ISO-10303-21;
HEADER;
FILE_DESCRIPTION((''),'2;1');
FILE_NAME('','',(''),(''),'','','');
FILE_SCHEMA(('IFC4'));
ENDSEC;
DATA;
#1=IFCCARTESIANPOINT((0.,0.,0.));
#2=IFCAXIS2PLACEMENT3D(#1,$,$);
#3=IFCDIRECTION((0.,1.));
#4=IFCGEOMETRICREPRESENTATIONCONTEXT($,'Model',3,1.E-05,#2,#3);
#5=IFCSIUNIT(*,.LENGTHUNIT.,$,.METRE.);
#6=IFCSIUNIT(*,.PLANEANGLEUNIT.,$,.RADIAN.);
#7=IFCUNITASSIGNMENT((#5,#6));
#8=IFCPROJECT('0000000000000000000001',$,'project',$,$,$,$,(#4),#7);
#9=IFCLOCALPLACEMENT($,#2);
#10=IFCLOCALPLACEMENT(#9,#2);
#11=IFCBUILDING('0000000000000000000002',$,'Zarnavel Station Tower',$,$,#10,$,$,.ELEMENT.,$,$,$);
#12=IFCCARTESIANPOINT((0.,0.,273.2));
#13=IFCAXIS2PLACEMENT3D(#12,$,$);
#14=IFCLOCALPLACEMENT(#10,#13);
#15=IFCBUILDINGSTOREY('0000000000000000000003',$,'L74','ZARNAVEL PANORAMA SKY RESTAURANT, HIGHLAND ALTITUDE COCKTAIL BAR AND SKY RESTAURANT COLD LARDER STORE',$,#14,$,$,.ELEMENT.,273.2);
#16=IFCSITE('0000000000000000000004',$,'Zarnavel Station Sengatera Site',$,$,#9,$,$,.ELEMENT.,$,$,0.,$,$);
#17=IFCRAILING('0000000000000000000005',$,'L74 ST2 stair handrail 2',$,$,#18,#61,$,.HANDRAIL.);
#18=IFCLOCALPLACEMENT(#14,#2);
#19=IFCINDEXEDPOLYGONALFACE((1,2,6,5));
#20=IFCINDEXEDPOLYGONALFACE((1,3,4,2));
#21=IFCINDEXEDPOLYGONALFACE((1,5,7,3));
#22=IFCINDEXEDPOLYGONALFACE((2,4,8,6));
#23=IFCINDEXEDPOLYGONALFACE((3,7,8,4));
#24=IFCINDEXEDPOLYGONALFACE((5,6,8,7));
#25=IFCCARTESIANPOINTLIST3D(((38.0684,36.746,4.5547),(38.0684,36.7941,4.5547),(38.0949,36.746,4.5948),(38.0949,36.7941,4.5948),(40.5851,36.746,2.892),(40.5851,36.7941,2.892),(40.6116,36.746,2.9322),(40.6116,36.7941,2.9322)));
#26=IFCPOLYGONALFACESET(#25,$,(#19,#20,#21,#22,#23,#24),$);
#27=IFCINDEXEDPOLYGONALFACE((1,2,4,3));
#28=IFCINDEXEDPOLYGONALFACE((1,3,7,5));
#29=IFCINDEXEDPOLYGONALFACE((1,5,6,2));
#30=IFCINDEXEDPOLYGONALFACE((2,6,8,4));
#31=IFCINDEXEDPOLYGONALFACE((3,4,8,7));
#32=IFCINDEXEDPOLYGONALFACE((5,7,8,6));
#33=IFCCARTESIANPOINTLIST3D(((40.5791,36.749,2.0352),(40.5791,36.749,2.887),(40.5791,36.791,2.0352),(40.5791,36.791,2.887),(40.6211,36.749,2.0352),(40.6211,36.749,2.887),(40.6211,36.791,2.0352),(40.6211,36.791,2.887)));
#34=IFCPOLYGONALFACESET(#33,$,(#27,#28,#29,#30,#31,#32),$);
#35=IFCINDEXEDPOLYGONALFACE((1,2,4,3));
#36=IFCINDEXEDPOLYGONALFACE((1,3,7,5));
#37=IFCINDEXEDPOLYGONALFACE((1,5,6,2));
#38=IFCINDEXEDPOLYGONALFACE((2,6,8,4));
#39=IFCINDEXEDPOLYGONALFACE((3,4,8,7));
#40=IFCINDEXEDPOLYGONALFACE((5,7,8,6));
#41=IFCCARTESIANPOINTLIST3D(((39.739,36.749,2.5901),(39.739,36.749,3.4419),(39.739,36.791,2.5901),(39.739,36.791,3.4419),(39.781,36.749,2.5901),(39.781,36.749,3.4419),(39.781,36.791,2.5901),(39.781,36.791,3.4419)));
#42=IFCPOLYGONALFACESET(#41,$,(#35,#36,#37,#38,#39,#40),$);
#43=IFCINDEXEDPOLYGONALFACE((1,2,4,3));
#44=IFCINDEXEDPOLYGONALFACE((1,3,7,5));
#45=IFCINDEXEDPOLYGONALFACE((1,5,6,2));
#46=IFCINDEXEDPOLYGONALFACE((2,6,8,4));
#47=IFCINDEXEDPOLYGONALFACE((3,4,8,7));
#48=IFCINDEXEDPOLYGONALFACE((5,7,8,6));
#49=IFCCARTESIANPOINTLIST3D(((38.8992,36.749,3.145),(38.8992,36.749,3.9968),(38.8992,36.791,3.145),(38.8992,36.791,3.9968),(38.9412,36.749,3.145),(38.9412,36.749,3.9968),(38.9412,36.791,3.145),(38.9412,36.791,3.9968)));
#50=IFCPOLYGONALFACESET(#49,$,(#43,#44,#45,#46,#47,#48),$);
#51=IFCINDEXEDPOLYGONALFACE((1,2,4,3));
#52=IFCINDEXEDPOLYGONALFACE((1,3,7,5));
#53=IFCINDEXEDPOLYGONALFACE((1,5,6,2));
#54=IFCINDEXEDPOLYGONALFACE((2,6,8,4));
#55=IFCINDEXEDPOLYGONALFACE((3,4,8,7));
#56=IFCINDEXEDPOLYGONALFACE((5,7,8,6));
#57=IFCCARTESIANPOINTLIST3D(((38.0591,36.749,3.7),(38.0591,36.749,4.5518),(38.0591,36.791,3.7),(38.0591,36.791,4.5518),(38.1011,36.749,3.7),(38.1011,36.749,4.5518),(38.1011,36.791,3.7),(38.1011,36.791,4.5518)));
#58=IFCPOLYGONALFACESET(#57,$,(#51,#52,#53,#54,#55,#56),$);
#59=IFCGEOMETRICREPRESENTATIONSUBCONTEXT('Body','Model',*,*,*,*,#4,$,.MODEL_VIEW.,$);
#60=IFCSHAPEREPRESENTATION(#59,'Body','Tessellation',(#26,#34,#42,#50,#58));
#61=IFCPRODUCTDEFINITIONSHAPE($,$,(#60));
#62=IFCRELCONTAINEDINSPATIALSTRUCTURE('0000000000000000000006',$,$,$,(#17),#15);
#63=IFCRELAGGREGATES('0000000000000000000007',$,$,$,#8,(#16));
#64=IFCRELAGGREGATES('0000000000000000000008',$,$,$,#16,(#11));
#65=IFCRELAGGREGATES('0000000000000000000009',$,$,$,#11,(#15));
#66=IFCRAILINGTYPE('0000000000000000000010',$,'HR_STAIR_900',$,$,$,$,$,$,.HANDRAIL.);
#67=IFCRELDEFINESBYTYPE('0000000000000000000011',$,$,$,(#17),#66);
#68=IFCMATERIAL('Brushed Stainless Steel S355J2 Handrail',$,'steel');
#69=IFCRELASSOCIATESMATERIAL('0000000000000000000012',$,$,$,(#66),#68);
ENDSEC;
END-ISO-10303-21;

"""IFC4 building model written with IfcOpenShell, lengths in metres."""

from ifc_helpers import new_model, si_unit, direction, frame, origin, origin_2d, place, context, subcontext, project, spatial, rectangle, extrude, material, type_object, element, save


model = new_model("IFC4")

# Units and contexts
model_context = context("Model", 3, precision=1e-05, world=origin(), true_north=direction((0.0, 1.0)))
body_context = subcontext(model_context, "Body", "Model", "MODEL_VIEW")
ifc_project = project(units=[si_unit("LENGTHUNIT", "METRE"), si_unit("PLANEANGLEUNIT", "RADIAN")], contexts=[model_context])

# Site, building, storey
site_placement = place(None, origin())
site = spatial("IfcSite", under=ifc_project, at=site_placement, Name="Zarnavel Station Sengatera Site", CompositionType="ELEMENT", RefElevation=0.0)
building_placement = place(site_placement, origin())
building = spatial("IfcBuilding", under=site, at=building_placement, Name="Zarnavel Station Tower", CompositionType="ELEMENT")
storey_placement = place(building_placement, frame((0.0, 0.0, 273.2)))
storey = spatial("IfcBuildingStorey", under=building, at=storey_placement, Name="L74", Description="ZARNAVEL PANORAMA SKY RESTAURANT, HIGHLAND ALTITUDE COCKTAIL BAR AND SKY RESTAURANT COLD LARDER STORE", CompositionType="ELEMENT", Elevation=273.2)

# Railing
ifc_material_1 = material(Name="Brushed Stainless Steel S355J2 Handrail", Category="steel")
railing_type_1 = type_object("IfcRailingType", Name="HR_STAIR_900", PredefinedType="HANDRAIL", material=ifc_material_1)
railing_1_placement = place(storey_placement, frame((40.6001, 36.77, 2.0352)))
element("IfcRailing", 1, at=railing_1_placement, inside=storey, type_object=railing_type_1, Name="L74 ST2 stair handrail 2", PredefinedType="HANDRAIL", context=body_context, shape_type="SweptSolid", body=[
    extrude(rectangle(XDim=0.0481, YDim=0.0481, at=origin_2d()), frame((-0.0017, 0.0, 0.877), z_axis=(-0.834369, 0.0, 0.551207), x_axis=(0.0, -1.0, 0.0)), (0.0, 0.0, 1.0), 3.0164),
    extrude(rectangle(XDim=0.042, YDim=0.042, at=origin_2d()), origin(), (0.0, 0.0, 1.0), 0.8518),
    extrude(rectangle(XDim=0.042, YDim=0.042, at=origin_2d()), frame((-0.8401, 0.0, 0.5549)), (0.0, 0.0, 1.0), 0.8518),
    extrude(rectangle(XDim=0.042, YDim=0.042, at=origin_2d()), frame((-1.6799, 0.0, 1.1099)), (0.0, 0.0, 1.0), 0.8518),
    extrude(rectangle(XDim=0.042, YDim=0.042, at=origin_2d()), frame((-2.52, 0.0, 1.6648)), (0.0, 0.0, 1.0), 0.8518),
])

save(model, "model.ifc")
